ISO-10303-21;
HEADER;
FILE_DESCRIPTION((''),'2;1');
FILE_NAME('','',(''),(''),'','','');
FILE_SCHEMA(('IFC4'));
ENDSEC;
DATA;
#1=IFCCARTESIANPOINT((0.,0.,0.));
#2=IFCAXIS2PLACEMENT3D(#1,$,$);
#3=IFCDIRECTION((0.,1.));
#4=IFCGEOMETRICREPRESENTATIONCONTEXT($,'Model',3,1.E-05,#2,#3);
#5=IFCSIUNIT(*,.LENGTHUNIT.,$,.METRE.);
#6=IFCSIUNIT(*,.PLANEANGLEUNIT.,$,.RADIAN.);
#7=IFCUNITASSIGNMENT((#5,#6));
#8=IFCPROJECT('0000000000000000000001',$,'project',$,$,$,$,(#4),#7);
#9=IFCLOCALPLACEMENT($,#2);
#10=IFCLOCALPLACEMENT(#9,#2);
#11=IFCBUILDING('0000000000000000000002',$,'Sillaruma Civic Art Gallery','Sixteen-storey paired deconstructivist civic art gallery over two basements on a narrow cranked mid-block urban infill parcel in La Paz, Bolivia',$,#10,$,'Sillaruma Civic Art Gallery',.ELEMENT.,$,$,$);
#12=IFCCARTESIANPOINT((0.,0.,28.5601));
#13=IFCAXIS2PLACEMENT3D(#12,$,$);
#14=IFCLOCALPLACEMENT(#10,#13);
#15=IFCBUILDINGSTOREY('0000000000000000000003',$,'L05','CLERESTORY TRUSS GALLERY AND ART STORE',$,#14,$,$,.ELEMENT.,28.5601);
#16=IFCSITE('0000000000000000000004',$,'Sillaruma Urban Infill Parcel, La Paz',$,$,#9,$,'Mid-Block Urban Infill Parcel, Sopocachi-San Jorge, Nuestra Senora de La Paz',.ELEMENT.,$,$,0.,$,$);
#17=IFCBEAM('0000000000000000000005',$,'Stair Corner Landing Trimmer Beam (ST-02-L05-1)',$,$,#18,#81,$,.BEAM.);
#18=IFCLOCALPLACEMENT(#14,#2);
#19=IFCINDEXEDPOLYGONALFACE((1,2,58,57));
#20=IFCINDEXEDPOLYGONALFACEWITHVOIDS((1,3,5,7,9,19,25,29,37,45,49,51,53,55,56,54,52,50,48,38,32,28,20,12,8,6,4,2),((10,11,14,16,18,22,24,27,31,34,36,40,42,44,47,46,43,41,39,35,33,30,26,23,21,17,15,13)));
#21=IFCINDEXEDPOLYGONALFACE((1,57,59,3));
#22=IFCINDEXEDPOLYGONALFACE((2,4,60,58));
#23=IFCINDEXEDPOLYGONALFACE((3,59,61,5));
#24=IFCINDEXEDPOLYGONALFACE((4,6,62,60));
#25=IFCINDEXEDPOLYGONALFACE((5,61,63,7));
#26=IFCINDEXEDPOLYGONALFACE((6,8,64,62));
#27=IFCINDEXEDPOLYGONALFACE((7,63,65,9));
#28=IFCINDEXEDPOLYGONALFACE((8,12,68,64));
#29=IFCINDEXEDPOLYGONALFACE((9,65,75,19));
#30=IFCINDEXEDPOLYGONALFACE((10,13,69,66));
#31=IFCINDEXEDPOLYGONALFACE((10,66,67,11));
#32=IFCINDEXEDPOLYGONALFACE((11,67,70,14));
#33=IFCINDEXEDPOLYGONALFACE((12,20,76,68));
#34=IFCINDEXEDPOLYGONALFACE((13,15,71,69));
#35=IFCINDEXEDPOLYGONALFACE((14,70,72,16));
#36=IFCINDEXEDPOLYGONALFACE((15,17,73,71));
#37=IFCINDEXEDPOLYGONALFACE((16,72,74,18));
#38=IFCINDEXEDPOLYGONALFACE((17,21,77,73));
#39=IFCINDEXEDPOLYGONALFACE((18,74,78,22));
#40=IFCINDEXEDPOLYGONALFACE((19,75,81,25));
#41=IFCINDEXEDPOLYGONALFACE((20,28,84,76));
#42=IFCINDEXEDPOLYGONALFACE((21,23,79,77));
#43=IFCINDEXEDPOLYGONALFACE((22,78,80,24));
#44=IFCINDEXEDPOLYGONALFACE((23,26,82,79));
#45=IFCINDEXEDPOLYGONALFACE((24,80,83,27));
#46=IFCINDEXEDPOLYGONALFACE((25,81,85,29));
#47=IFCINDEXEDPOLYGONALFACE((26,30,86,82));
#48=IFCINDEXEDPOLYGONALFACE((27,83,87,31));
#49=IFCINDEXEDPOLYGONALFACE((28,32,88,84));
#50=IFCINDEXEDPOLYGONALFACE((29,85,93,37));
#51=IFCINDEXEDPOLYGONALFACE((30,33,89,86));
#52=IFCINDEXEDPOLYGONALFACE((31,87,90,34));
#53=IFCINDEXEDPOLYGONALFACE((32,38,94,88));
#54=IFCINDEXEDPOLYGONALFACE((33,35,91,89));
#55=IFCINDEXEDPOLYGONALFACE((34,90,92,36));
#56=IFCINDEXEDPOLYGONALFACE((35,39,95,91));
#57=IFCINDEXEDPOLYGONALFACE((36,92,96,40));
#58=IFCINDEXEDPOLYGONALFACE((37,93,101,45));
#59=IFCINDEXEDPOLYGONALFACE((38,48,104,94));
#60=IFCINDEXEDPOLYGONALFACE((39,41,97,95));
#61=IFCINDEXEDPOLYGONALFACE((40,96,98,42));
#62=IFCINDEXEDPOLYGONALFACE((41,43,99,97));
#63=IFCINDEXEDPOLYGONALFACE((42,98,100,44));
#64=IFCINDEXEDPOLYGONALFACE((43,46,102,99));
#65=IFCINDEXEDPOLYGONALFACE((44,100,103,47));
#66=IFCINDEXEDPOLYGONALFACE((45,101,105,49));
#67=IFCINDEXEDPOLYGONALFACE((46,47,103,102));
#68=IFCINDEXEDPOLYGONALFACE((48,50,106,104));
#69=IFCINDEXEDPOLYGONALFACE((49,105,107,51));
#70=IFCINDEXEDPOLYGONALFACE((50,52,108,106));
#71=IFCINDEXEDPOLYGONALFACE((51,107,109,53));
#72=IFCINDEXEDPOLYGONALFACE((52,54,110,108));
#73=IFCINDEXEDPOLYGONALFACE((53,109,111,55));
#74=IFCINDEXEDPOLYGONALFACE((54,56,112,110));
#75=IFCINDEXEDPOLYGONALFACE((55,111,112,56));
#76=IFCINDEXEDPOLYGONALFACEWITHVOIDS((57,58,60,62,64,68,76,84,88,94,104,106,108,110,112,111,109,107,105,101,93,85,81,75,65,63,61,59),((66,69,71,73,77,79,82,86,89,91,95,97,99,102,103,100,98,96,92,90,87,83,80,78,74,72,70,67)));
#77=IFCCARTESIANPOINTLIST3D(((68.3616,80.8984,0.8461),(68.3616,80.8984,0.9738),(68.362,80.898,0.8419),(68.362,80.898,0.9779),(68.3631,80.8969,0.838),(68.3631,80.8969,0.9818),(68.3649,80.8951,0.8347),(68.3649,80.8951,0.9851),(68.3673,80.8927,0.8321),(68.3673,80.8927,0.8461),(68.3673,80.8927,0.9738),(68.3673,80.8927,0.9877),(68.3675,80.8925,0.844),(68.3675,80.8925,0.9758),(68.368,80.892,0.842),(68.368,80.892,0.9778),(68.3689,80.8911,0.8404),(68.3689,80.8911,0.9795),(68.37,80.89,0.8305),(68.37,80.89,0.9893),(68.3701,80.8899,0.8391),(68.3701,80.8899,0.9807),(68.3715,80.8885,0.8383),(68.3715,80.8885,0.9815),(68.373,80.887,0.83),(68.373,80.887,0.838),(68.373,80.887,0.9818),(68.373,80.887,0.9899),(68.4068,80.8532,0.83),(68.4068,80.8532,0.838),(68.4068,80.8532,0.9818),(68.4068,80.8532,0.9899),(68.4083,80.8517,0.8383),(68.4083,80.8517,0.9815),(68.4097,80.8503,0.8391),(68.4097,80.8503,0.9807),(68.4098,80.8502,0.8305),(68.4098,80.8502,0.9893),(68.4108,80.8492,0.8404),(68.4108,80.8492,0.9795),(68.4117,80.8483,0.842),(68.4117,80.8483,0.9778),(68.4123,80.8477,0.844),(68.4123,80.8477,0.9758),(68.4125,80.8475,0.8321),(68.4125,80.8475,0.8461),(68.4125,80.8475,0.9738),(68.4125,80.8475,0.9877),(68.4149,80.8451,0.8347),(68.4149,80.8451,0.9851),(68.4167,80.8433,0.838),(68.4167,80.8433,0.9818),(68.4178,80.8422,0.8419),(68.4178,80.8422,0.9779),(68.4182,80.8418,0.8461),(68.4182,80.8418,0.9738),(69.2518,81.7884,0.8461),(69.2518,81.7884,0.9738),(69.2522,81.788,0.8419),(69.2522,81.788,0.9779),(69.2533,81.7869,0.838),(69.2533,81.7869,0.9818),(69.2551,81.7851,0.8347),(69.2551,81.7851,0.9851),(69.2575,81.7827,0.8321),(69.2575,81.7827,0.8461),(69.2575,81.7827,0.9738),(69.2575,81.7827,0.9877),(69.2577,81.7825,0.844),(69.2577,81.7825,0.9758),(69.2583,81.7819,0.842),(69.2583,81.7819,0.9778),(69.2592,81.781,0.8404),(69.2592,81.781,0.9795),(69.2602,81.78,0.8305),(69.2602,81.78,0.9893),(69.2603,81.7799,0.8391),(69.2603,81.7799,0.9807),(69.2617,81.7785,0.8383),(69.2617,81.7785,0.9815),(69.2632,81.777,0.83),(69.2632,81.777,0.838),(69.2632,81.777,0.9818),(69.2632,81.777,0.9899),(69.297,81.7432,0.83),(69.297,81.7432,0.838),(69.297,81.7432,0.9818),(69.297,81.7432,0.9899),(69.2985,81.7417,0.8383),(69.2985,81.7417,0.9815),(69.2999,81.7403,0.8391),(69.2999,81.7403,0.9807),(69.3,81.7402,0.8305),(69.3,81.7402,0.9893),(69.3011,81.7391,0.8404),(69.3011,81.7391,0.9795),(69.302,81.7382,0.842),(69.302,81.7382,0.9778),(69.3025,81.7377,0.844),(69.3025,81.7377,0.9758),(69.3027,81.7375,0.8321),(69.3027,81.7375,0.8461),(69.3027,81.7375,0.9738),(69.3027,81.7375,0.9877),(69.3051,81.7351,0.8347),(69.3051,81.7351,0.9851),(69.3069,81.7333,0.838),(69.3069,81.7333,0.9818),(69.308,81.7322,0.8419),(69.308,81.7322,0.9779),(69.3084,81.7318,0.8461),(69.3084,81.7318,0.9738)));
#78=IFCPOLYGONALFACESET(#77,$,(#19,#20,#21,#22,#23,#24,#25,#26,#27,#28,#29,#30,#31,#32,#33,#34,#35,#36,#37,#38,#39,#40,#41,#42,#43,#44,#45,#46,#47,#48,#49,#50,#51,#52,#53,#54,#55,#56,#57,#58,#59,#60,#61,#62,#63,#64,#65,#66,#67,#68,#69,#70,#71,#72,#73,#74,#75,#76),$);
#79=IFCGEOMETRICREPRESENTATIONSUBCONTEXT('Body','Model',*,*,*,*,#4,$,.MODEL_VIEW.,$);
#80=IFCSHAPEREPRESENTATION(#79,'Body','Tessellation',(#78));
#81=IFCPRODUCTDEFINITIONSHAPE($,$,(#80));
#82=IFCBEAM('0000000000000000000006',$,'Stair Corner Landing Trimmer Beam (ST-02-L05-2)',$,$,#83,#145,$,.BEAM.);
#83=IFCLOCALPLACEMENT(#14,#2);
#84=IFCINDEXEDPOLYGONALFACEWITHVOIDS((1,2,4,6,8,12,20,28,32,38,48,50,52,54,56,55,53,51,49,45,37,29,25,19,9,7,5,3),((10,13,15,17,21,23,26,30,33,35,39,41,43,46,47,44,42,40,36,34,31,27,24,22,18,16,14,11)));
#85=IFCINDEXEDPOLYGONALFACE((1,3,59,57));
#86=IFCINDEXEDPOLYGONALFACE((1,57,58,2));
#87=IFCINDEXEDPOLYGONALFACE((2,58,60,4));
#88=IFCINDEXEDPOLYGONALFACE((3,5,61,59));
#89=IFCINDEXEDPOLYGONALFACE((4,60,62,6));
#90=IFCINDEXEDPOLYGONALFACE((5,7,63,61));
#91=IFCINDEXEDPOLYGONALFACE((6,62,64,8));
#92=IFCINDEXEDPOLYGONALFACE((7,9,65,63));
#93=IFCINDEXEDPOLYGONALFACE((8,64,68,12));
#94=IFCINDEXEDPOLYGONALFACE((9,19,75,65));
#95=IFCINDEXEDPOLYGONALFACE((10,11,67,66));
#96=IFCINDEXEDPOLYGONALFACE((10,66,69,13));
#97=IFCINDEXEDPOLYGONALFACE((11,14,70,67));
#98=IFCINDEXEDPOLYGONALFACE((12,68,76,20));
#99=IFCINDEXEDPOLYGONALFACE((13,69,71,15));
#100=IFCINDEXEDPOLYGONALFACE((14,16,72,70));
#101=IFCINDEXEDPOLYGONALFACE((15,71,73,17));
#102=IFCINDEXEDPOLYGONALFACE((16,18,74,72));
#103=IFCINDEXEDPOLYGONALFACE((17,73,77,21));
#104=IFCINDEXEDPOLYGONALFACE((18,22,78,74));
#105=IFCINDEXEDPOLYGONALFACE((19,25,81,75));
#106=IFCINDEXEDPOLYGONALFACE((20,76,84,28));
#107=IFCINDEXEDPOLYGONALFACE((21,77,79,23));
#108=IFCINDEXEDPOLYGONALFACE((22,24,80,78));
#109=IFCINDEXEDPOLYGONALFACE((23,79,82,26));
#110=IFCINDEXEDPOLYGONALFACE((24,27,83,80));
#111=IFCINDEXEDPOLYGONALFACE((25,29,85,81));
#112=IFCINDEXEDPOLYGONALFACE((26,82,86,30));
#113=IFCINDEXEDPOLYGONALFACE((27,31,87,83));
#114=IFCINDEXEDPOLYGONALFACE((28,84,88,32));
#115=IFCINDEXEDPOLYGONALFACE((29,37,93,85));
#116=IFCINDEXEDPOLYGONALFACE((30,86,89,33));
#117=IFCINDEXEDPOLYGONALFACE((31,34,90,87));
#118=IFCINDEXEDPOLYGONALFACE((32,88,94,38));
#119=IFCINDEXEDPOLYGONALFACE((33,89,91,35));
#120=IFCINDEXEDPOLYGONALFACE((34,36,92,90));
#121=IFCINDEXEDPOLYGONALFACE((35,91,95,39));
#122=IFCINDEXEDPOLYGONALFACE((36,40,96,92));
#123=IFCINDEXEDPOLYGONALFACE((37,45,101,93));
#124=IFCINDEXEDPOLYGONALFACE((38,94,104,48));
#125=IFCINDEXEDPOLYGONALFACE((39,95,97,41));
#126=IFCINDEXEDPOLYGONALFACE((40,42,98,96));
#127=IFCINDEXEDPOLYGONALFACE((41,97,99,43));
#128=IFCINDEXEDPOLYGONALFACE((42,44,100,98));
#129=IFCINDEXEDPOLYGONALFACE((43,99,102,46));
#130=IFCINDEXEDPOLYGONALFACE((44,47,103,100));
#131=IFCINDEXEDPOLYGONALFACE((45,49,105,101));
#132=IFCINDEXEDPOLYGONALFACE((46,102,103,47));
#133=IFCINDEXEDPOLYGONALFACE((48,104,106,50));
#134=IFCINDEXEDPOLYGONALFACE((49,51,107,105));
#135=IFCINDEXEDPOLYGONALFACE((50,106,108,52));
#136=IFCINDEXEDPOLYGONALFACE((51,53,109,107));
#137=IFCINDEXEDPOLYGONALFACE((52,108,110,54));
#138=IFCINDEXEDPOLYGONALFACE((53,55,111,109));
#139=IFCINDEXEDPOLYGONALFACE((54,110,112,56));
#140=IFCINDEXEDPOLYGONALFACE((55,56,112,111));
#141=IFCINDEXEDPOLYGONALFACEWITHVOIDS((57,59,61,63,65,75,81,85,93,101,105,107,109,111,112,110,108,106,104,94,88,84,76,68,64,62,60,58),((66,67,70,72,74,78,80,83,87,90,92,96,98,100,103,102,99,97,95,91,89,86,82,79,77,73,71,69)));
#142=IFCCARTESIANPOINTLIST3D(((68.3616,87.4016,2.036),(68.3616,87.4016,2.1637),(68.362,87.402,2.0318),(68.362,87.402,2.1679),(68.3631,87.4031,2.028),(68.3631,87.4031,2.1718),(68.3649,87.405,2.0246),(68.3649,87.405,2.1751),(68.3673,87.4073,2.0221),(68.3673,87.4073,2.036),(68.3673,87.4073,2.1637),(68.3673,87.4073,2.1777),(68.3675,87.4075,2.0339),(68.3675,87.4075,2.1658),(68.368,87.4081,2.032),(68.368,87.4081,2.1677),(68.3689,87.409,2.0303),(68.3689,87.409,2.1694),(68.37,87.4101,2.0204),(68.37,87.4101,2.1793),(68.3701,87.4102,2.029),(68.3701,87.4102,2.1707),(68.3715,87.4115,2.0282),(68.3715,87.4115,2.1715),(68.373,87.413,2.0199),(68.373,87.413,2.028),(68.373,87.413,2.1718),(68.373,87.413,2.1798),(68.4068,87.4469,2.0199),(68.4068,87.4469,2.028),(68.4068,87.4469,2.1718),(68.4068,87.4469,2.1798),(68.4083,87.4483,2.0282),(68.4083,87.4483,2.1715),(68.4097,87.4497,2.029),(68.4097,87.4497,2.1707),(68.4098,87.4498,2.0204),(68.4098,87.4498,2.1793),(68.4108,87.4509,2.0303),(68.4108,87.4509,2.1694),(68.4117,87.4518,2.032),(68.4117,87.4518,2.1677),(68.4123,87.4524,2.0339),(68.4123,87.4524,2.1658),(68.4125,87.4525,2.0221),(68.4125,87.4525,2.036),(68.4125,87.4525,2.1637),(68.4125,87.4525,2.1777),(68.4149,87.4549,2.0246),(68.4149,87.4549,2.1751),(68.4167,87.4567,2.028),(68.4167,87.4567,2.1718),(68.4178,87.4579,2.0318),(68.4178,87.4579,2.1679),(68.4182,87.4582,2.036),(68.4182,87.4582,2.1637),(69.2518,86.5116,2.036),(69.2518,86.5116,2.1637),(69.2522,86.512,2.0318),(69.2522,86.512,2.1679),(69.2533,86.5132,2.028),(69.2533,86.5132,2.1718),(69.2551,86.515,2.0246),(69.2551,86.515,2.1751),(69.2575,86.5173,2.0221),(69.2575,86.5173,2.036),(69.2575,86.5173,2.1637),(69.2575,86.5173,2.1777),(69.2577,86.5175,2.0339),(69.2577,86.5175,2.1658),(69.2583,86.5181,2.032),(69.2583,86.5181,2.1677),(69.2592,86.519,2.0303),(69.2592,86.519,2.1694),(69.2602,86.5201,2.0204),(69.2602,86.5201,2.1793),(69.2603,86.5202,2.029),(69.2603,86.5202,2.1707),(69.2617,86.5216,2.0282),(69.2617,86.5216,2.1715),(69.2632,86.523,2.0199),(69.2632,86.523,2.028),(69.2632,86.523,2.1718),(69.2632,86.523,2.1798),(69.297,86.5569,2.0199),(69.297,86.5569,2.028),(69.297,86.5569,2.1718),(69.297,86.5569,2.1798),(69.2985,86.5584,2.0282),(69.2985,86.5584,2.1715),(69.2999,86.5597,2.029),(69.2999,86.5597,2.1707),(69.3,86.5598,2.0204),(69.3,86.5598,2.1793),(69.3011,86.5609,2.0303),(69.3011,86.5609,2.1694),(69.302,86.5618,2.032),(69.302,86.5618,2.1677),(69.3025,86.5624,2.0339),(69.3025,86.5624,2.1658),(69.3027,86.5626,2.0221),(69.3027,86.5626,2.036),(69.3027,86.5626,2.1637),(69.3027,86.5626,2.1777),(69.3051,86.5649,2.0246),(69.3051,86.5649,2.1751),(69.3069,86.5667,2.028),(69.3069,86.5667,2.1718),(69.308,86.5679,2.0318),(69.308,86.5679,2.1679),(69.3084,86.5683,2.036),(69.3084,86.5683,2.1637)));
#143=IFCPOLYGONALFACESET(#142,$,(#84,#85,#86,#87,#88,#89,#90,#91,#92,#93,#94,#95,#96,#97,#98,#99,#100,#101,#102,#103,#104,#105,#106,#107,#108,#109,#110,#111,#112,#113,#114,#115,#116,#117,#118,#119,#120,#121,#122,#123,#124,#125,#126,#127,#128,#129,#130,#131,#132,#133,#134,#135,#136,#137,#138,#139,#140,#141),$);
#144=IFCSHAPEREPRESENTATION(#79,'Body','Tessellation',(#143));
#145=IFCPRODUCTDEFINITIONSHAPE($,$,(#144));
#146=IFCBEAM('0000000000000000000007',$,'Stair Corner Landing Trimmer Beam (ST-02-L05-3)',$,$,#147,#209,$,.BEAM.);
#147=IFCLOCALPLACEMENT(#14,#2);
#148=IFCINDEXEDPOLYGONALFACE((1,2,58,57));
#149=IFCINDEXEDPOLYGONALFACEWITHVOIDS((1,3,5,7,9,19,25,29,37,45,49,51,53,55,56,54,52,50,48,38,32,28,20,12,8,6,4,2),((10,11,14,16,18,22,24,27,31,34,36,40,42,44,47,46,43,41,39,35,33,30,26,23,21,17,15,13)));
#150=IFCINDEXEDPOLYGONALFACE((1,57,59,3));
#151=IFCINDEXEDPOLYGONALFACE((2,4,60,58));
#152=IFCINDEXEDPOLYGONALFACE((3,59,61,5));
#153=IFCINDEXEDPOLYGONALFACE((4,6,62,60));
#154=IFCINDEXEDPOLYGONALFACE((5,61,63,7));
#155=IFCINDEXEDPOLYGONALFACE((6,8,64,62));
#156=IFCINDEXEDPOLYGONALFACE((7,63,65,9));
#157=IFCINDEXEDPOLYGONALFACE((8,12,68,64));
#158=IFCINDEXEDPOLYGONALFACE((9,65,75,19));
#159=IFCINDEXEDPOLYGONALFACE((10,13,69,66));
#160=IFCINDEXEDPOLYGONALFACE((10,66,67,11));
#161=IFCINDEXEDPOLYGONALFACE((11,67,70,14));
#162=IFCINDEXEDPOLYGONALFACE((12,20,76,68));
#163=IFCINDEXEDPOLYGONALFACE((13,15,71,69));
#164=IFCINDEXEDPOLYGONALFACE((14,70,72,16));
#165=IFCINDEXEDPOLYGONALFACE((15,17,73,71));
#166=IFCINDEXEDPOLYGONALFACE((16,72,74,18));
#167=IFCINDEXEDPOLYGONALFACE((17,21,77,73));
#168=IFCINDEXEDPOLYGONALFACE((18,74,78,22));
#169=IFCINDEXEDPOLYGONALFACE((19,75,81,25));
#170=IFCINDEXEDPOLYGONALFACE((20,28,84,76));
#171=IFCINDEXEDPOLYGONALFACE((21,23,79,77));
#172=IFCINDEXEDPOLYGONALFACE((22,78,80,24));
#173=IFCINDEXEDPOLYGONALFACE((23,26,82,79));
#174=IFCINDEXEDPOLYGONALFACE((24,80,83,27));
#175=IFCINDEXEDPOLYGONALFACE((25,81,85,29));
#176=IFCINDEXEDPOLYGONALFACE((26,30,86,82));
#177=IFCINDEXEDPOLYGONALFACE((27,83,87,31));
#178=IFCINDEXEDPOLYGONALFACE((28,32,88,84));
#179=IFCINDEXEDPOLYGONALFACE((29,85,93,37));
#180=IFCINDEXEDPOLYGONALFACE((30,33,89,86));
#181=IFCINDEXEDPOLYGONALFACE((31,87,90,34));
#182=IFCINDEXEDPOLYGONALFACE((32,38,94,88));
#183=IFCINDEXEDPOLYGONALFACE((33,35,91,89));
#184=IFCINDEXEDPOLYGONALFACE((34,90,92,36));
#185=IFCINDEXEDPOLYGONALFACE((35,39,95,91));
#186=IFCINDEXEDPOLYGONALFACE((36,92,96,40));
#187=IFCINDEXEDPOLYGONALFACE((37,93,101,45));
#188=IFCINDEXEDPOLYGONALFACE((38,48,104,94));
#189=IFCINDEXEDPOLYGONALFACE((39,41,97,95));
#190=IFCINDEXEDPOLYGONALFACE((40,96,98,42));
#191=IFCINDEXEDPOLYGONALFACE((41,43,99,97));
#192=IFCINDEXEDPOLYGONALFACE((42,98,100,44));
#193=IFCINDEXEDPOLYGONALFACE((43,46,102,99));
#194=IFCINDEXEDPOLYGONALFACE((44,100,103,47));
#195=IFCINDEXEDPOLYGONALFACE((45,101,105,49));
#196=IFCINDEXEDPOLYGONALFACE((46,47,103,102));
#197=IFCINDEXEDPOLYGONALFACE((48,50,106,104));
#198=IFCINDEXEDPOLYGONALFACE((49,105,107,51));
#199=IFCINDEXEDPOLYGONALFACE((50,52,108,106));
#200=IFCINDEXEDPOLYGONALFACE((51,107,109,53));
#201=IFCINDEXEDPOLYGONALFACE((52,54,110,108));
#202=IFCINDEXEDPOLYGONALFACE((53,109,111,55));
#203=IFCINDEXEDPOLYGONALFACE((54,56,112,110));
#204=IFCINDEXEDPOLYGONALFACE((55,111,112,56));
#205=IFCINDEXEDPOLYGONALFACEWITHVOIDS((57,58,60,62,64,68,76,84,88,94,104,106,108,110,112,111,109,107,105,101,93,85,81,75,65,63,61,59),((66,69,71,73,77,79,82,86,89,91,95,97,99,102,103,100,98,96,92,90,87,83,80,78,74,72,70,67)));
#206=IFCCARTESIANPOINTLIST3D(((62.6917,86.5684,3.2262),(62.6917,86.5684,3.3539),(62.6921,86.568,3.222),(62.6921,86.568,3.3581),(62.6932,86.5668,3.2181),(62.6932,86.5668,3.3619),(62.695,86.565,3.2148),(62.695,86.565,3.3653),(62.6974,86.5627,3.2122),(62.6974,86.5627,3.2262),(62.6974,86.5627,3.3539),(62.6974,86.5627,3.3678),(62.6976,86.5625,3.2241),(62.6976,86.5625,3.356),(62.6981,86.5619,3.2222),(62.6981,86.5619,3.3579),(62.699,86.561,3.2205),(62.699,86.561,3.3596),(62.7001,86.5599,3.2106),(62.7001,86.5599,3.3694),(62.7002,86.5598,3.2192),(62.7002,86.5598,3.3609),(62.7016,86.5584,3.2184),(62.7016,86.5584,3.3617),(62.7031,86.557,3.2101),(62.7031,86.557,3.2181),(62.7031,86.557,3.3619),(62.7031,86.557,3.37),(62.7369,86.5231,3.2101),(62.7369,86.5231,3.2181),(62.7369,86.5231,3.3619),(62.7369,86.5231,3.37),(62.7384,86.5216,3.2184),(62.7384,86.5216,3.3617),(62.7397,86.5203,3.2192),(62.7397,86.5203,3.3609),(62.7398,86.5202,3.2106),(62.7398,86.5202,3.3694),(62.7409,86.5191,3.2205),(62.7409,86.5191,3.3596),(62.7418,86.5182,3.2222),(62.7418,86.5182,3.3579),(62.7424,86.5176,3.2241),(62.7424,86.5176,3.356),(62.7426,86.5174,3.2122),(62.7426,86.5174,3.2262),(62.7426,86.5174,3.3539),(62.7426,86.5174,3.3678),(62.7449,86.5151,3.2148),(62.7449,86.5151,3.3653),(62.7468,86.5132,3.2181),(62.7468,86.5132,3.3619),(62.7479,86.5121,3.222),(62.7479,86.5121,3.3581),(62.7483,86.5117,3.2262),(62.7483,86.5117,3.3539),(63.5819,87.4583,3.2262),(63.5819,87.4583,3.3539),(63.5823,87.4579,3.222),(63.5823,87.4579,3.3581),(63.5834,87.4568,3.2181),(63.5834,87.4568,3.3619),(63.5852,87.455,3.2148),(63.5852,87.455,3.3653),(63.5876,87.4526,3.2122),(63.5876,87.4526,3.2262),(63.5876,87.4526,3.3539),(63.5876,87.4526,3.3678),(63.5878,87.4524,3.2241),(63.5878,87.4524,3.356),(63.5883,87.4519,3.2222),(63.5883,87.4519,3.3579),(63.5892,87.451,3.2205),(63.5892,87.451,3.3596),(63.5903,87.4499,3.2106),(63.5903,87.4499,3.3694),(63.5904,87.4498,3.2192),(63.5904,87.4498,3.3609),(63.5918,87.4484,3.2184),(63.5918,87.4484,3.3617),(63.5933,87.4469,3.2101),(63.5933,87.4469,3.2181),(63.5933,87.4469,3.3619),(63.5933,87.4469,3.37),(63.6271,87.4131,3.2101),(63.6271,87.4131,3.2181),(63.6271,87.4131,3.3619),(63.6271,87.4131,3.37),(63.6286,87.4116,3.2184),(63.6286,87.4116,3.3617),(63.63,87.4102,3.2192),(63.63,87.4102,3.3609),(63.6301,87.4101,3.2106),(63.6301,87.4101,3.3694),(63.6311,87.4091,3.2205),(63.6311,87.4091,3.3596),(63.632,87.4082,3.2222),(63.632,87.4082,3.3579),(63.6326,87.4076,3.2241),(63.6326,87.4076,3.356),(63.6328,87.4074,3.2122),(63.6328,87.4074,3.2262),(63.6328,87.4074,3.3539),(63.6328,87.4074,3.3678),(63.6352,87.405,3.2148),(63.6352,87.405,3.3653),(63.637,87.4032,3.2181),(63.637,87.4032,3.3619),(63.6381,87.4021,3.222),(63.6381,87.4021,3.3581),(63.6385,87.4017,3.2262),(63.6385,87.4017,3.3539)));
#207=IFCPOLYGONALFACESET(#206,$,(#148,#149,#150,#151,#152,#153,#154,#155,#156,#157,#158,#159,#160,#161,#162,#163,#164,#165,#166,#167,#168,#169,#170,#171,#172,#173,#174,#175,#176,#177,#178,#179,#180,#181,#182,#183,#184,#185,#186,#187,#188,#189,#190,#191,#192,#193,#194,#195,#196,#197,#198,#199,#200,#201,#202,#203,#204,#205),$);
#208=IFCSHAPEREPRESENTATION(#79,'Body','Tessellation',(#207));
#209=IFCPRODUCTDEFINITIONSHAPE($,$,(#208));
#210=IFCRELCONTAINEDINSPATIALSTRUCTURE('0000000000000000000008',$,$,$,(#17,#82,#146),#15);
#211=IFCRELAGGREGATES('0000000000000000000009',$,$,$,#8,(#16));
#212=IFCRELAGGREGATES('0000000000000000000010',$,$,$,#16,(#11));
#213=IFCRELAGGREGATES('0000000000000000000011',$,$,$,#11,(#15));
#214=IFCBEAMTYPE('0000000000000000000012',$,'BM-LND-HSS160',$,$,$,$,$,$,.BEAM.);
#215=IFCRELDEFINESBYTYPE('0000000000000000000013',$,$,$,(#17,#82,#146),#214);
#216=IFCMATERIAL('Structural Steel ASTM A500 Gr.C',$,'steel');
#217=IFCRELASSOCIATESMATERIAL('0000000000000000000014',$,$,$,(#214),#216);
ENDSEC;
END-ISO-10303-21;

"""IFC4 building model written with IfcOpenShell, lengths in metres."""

from ifc_helpers import new_model, si_unit, direction, frame, origin, origin_2d, place, context, subcontext, project, spatial, hollow_rectangle, extrude, material, material_profile, profile_set, type_object, element, save


model = new_model("IFC4")

# Units and contexts
model_context = context("Model", 3, precision=1e-05, world=origin(), true_north=direction((0.0, 1.0)))
body_context = subcontext(model_context, "Body", "Model", "MODEL_VIEW")
ifc_project = project(units=[si_unit("LENGTHUNIT", "METRE"), si_unit("PLANEANGLEUNIT", "RADIAN")], contexts=[model_context])

# Site, building, storey
site_placement = place(None, origin())
site = spatial("IfcSite", under=ifc_project, at=site_placement, Name="Sillaruma Urban Infill Parcel, La Paz", LongName="Mid-Block Urban Infill Parcel, Sopocachi-San Jorge, Nuestra Senora de La Paz", CompositionType="ELEMENT", RefElevation=0.0)
building_placement = place(site_placement, origin())
building = spatial("IfcBuilding", under=site, at=building_placement, Name="Sillaruma Civic Art Gallery", Description="Sixteen-storey paired deconstructivist civic art gallery over two basements on a narrow cranked mid-block urban infill parcel in La Paz, Bolivia", LongName="Sillaruma Civic Art Gallery", CompositionType="ELEMENT")
storey_placement = place(building_placement, frame((0.0, 0.0, 28.5601)))
storey = spatial("IfcBuildingStorey", under=building, at=storey_placement, Name="L05", Description="CLERESTORY TRUSS GALLERY AND ART STORE", CompositionType="ELEMENT", Elevation=28.5601)

# Beams
ifc_material_1 = material(Name="Structural Steel ASTM A500 Gr.C", Category="steel")
ifc_material_profile_1 = material_profile(ifc_material_1, hollow_rectangle(XDim=0.0801, YDim=0.1599, WallThickness=0.0081, InnerFilletRadius=0.0081, OuterFilletRadius=0.0161, at=origin_2d()), Name="HSS160x80x8")
ifc_profile_set_1 = profile_set([ifc_material_profile_1], Name="Structural Steel ASTM A500 Gr.C")
beam_type_1 = type_object("IfcBeamType", Name="BM-LND-HSS160", PredefinedType="BEAM", material=ifc_profile_set_1)
for number, where, z_axis, x_axis, name in (
    (1, (68.3899, 80.8701, 0.9099), (0.707204, 0.70701, 0.0), (-0.70701, 0.707204, 0.0), "Stair Corner Landing Trimmer Beam (ST-02-L05-1)"),
    (2, (68.3899, 87.4299, 2.0999), (0.707204, -0.70701, 0.0), (0.70701, 0.707204, 0.0), "Stair Corner Landing Trimmer Beam (ST-02-L05-2)"),
    (3, (62.72, 86.54, 3.29), (0.707204, 0.70701, 0.0), (-0.70701, 0.707204, 0.0), "Stair Corner Landing Trimmer Beam (ST-02-L05-3)"),
):
    element("IfcBeam", number, at=place(storey_placement, frame(where, z_axis=z_axis, x_axis=x_axis)), inside=storey, type_object=beam_type_1, Name=name, PredefinedType="BEAM", context=body_context, shape_type="SweptSolid", body=[
        extrude(hollow_rectangle(XDim=0.0801, YDim=0.1599, WallThickness=0.0081, InnerFilletRadius=0.0081, OuterFilletRadius=0.0161, at=origin_2d()), origin(), (0.0, 0.0, 1.0), 1.2588),
    ])

save(model, "model.ifc")
